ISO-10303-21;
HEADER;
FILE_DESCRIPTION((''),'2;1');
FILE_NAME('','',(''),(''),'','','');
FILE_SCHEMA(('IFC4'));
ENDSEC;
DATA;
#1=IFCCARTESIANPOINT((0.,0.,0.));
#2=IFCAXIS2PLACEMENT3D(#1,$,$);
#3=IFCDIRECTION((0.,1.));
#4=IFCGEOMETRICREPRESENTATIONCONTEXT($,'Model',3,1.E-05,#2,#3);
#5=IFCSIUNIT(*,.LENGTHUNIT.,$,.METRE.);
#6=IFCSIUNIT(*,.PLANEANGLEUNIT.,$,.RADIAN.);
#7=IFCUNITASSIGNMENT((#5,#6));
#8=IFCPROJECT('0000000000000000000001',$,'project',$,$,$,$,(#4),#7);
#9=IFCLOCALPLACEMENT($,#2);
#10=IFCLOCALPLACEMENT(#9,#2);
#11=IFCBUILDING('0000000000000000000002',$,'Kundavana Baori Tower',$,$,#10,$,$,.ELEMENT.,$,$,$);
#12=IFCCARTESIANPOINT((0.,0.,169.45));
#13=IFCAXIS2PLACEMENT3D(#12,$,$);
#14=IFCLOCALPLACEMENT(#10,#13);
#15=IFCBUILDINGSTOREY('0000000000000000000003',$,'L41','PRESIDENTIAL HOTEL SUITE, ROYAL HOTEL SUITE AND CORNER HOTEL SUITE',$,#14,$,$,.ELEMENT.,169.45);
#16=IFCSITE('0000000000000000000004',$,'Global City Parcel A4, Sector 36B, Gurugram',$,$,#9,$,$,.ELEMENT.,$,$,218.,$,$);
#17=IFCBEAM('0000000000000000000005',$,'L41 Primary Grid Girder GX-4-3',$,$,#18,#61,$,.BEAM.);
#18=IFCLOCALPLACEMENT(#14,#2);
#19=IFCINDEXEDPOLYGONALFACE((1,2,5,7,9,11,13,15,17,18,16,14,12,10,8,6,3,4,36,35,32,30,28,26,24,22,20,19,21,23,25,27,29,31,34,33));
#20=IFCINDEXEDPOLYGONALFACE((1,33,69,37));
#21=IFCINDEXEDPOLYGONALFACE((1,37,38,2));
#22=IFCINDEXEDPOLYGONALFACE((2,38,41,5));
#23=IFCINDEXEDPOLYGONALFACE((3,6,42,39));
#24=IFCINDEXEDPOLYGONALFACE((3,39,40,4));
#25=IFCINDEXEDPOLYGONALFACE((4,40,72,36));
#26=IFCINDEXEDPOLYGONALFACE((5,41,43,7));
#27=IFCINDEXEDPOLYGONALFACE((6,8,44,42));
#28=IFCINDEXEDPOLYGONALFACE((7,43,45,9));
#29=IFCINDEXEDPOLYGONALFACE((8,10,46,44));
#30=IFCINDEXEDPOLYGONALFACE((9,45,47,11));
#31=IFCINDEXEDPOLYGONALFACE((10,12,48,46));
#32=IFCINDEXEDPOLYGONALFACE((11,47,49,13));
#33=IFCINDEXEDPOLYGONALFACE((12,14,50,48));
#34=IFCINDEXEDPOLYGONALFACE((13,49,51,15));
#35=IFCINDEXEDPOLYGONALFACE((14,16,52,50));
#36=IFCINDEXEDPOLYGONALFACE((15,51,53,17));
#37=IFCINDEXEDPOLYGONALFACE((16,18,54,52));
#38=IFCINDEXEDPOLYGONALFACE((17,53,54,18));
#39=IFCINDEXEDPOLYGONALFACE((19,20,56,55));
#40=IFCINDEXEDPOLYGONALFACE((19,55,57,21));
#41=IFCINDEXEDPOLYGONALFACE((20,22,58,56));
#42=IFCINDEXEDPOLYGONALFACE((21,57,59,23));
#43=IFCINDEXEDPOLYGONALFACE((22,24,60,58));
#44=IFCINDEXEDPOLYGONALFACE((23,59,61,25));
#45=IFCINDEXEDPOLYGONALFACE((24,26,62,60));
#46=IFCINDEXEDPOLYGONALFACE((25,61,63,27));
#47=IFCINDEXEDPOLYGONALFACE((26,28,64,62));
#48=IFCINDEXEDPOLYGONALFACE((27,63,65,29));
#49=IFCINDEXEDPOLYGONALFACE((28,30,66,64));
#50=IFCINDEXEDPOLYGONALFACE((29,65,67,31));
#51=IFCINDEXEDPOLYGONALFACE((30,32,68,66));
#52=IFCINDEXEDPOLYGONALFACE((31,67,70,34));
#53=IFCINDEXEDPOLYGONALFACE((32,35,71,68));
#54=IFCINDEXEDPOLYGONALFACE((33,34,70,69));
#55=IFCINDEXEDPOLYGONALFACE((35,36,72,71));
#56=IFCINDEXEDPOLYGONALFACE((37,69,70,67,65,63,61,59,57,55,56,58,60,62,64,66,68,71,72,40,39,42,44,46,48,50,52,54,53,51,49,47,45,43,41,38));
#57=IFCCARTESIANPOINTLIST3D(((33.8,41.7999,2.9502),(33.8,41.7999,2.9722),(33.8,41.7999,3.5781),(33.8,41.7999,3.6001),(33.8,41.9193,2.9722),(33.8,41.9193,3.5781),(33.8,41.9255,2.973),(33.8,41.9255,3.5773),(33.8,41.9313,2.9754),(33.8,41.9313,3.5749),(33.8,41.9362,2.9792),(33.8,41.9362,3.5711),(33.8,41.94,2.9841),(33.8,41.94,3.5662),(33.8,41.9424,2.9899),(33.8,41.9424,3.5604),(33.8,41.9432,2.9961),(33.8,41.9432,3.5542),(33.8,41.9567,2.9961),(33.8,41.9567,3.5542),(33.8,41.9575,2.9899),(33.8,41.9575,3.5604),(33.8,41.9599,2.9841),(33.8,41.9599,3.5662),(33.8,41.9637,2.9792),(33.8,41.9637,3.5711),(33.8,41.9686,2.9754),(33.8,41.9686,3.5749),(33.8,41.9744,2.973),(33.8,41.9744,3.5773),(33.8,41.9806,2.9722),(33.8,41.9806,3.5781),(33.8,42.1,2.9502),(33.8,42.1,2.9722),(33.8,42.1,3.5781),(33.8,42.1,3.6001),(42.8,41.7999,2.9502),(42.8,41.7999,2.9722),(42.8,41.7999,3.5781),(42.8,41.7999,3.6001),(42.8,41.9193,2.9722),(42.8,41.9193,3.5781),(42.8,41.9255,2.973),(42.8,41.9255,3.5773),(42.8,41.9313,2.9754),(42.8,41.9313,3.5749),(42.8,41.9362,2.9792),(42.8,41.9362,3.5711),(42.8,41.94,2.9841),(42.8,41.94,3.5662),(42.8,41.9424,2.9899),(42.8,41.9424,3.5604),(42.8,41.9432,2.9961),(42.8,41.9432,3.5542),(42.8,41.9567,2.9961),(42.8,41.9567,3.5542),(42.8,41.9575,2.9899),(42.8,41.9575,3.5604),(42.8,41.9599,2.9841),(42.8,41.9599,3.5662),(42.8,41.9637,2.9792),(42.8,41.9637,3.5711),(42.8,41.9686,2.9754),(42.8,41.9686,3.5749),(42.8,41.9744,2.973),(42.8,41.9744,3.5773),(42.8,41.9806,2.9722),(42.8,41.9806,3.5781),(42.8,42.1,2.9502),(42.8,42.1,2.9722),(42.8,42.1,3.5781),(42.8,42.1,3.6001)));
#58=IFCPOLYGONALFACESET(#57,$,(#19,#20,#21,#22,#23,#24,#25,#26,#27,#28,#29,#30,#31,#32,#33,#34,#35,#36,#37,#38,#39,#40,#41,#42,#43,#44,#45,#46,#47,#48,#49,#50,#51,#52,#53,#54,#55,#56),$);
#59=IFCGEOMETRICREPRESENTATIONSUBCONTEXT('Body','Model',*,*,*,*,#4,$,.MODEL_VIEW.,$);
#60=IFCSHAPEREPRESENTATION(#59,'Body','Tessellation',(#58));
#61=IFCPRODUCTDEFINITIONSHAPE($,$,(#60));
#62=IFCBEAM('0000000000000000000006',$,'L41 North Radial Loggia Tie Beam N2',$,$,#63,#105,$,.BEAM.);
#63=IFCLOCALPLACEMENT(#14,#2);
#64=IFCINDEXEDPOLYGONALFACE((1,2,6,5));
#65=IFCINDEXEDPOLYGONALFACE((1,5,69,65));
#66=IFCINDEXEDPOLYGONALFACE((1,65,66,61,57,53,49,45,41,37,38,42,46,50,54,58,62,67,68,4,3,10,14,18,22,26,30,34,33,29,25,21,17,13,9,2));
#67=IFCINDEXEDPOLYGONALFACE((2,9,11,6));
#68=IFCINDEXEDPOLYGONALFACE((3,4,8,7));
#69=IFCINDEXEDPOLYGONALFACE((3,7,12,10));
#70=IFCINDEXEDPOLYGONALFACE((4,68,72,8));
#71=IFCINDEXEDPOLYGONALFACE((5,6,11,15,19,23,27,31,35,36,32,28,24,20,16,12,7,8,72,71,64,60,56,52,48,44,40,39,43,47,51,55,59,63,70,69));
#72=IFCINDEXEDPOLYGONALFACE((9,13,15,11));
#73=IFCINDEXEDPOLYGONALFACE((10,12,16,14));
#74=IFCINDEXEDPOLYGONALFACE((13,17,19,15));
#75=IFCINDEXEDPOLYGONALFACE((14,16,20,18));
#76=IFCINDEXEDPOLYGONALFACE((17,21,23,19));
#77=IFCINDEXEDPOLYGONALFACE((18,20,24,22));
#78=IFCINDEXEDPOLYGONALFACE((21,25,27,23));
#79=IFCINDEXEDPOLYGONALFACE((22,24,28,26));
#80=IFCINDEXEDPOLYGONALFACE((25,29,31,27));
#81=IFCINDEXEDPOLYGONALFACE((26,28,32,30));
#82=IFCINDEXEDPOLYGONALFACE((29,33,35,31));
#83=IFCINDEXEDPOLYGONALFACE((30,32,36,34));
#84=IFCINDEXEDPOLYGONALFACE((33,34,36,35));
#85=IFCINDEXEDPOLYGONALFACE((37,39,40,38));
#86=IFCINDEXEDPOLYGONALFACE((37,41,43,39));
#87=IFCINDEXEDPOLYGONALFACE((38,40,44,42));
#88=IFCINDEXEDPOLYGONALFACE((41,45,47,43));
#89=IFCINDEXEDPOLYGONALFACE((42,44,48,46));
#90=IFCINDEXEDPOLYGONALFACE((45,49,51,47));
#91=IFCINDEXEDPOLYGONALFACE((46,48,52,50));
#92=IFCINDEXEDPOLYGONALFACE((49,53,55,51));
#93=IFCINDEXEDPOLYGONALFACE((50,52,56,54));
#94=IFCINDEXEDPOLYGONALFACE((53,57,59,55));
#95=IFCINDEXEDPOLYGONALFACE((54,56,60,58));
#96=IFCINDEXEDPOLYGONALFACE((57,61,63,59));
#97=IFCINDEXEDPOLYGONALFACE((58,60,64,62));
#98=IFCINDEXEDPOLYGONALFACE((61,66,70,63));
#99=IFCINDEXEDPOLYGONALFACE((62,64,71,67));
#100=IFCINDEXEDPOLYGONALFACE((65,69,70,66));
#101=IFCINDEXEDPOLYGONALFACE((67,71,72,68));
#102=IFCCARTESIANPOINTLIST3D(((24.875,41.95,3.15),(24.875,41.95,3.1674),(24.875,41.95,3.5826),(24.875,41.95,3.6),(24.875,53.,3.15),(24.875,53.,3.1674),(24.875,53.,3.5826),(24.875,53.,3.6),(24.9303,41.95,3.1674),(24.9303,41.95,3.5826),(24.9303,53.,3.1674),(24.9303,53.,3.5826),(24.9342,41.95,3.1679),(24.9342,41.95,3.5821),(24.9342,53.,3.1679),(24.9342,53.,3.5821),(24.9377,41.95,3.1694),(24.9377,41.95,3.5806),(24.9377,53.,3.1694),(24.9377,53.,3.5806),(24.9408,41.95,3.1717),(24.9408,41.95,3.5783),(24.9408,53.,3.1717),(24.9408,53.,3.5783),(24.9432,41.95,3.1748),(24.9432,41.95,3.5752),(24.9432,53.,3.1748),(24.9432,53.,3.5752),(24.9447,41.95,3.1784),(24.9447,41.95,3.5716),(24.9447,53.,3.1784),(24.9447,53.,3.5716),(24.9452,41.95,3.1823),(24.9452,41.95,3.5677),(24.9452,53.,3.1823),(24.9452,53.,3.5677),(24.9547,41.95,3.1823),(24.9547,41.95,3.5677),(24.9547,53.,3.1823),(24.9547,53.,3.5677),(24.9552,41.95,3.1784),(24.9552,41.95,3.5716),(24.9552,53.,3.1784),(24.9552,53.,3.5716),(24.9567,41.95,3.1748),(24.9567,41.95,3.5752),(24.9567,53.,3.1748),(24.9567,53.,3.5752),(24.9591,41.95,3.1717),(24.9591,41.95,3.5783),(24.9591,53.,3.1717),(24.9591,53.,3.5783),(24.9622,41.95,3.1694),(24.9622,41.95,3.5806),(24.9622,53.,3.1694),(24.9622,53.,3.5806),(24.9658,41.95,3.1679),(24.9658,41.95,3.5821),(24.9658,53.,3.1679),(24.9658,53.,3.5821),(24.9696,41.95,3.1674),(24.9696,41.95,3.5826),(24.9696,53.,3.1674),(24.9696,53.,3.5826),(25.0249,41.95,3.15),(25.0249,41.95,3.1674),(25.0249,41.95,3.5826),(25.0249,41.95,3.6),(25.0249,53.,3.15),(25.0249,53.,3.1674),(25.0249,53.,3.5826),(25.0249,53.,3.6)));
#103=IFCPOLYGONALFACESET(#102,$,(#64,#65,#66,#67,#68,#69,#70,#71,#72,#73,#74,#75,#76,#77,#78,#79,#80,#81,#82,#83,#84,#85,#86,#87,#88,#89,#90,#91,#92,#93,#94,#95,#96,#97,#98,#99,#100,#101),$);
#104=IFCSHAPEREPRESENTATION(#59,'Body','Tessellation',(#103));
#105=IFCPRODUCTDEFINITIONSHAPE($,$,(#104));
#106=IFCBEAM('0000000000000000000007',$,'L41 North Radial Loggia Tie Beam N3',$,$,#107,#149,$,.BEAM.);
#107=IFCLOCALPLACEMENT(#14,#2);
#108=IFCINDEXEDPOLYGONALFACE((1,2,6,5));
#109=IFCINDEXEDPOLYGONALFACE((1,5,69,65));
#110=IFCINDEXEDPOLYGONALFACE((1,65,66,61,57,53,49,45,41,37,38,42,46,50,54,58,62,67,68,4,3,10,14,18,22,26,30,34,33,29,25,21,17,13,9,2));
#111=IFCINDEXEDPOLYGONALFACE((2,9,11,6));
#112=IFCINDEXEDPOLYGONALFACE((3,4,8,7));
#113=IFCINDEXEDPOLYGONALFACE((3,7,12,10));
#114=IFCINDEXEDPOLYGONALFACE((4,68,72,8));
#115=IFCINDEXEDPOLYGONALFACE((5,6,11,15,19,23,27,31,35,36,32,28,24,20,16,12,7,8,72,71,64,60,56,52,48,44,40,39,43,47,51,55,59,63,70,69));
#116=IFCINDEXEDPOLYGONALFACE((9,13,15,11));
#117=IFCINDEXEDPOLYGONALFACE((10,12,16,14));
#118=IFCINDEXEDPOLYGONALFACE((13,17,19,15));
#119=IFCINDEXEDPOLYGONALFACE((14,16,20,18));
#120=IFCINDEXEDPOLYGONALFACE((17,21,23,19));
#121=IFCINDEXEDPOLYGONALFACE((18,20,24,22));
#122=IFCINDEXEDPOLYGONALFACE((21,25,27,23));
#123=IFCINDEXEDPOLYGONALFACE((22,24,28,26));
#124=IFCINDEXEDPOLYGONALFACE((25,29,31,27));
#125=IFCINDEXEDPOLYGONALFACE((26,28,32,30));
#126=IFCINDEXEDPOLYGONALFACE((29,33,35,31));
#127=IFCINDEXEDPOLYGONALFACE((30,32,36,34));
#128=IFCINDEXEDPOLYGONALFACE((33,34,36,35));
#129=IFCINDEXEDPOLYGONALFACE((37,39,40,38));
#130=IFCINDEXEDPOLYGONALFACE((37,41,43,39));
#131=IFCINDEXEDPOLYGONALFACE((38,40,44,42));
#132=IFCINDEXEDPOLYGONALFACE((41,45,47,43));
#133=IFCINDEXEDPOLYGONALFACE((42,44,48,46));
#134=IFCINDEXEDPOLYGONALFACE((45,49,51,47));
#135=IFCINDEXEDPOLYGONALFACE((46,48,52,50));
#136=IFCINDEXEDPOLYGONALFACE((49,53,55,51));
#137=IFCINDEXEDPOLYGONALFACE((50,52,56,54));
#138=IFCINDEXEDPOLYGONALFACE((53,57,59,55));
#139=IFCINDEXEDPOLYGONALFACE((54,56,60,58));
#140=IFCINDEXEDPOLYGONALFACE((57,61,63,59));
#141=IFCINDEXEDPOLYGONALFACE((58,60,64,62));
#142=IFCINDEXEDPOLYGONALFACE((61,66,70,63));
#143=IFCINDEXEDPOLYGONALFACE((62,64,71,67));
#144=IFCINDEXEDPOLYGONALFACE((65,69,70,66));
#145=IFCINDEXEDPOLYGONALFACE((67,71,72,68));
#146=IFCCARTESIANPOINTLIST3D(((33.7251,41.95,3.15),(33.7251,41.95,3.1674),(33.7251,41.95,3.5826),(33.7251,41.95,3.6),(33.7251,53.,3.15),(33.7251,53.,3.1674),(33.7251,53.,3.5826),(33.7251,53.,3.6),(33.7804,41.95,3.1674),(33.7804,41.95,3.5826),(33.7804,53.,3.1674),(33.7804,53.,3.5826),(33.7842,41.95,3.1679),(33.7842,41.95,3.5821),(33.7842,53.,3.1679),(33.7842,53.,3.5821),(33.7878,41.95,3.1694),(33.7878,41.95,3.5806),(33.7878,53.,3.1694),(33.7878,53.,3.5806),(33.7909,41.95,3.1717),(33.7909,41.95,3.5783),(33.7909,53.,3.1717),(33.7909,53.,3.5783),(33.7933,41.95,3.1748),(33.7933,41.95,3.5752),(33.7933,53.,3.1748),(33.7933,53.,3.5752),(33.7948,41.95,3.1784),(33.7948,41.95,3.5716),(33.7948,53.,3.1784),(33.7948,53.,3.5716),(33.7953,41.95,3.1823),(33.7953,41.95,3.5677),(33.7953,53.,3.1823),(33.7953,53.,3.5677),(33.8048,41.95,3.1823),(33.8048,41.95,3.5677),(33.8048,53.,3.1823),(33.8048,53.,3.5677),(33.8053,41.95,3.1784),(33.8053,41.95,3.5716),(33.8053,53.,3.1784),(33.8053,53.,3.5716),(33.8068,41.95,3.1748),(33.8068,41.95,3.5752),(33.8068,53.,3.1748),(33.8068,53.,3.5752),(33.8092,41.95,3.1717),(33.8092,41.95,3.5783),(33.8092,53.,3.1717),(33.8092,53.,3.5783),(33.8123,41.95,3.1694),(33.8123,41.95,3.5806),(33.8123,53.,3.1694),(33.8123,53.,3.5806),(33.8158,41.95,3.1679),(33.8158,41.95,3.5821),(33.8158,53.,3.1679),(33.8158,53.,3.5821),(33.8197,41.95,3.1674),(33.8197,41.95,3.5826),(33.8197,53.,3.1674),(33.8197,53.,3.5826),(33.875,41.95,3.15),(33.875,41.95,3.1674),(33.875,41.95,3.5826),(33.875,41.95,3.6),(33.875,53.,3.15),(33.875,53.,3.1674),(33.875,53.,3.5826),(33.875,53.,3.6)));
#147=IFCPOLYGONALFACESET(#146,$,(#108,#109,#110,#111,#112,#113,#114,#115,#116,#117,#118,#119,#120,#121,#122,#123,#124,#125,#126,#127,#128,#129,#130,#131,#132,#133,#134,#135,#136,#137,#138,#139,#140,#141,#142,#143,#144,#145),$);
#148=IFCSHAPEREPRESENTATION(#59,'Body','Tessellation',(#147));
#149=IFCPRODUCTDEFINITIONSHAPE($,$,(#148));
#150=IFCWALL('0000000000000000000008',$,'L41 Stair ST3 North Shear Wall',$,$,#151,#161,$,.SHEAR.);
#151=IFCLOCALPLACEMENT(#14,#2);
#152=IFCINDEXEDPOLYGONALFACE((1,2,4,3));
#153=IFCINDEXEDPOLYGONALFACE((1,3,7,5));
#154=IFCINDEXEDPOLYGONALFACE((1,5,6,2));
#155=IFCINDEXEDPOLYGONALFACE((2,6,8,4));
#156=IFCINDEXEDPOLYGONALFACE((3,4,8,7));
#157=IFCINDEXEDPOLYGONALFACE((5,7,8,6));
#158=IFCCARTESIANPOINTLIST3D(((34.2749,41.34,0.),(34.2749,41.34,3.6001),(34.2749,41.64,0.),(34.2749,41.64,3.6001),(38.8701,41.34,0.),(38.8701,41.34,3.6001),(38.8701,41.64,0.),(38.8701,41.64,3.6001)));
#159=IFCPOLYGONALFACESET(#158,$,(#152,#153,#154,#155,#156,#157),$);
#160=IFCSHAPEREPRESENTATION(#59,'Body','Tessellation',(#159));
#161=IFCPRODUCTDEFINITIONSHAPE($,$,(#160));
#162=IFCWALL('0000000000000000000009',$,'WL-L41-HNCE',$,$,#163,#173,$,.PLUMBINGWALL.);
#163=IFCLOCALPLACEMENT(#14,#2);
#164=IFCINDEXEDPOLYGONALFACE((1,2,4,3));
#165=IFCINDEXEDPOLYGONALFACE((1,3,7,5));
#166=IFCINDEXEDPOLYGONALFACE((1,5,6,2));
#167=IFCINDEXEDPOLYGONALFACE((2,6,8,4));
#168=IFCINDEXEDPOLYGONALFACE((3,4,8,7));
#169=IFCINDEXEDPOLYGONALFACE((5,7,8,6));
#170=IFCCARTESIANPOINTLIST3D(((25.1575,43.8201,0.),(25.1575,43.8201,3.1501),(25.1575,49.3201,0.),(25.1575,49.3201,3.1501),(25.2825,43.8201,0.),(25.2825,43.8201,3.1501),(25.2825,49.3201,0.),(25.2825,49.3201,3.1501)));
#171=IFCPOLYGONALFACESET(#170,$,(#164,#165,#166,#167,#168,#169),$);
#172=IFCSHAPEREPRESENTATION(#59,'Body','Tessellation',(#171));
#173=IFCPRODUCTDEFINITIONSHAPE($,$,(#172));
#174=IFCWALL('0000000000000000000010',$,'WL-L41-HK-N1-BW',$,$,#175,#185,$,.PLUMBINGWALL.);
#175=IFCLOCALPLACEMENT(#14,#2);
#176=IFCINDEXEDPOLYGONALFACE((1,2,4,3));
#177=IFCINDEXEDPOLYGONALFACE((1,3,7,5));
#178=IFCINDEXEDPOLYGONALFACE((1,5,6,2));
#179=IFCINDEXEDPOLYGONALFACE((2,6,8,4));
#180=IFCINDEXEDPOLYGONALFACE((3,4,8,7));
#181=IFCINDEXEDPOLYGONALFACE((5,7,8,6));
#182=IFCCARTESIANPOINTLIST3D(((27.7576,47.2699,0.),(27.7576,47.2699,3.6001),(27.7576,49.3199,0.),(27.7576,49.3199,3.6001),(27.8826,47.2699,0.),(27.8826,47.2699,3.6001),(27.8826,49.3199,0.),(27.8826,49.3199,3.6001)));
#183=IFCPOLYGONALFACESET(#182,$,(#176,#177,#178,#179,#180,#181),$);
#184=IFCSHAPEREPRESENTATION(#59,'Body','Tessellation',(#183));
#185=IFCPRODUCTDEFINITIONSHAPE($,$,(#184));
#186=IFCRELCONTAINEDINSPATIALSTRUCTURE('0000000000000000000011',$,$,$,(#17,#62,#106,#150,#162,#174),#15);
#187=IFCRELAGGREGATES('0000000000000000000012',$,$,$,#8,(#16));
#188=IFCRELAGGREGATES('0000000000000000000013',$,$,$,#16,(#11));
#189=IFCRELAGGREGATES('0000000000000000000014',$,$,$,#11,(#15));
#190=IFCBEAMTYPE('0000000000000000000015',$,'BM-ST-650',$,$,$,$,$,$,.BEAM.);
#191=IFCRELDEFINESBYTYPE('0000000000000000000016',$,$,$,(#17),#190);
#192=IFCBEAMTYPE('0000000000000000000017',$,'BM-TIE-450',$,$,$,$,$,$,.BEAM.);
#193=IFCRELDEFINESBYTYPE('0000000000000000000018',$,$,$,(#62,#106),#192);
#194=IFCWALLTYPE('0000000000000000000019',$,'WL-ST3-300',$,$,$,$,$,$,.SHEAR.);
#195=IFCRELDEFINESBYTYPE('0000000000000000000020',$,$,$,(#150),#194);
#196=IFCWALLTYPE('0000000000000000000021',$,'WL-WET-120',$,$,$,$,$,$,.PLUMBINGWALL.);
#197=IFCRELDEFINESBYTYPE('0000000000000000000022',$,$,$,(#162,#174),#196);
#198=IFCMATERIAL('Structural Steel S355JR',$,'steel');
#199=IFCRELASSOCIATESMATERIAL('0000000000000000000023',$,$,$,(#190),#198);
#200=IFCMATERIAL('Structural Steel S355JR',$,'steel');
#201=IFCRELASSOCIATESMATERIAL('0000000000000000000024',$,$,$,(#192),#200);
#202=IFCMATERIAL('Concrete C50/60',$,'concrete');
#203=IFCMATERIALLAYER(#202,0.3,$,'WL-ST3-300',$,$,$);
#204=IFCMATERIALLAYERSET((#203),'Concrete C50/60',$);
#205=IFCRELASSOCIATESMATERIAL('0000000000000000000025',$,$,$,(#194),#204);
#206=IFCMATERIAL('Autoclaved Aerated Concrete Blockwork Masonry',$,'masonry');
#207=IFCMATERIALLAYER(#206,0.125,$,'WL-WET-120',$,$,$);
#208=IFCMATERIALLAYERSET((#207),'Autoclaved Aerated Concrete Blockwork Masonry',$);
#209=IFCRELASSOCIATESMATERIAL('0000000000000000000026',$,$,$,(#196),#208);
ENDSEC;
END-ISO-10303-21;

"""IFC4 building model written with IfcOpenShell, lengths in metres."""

from ifc_helpers import new_model, si_unit, direction, frame, frame_2d, origin, origin_2d, place, context, subcontext, project, spatial, rectangle, i_section, extrude, material, layer, layer_set, material_profile, profile_set, type_object, element, save


model = new_model("IFC4")

# Units and contexts
model_context = context("Model", 3, precision=1e-05, world=origin(), true_north=direction((0.0, 1.0)))
body_context = subcontext(model_context, "Body", "Model", "MODEL_VIEW")
ifc_project = project(units=[si_unit("LENGTHUNIT", "METRE"), si_unit("PLANEANGLEUNIT", "RADIAN")], contexts=[model_context])

# Site, building, storey
site_placement = place(None, origin())
site = spatial("IfcSite", under=ifc_project, at=site_placement, Name="Global City Parcel A4, Sector 36B, Gurugram", CompositionType="ELEMENT", RefElevation=218.0)
building_placement = place(site_placement, origin())
building = spatial("IfcBuilding", under=site, at=building_placement, Name="Kundavana Baori Tower", CompositionType="ELEMENT")
storey_placement = place(building_placement, frame((0.0, 0.0, 169.45)))
storey = spatial("IfcBuildingStorey", under=building, at=storey_placement, Name="L41", Description="PRESIDENTIAL HOTEL SUITE, ROYAL HOTEL SUITE AND CORNER HOTEL SUITE", CompositionType="ELEMENT", Elevation=169.45)

# Beams
ifc_material_1 = material(Name="Structural Steel S355JR", Category="steel")
ifc_material_profile_1 = material_profile(ifc_material_1, i_section(OverallWidth=0.3, OverallDepth=0.6499, WebThickness=0.0134, FlangeThickness=0.022, FilletRadius=0.0239, at=origin_2d()), Name="NPB 650x300x155")
ifc_profile_set_1 = profile_set([ifc_material_profile_1], Name="Structural Steel S355JR")
beam_type_1 = type_object("IfcBeamType", Name="BM-ST-650", PredefinedType="BEAM", material=ifc_profile_set_1)
beam_1_placement = place(storey_placement, frame((33.8, 41.95, 3.2751), z_axis=(1.0, 0.0, 0.0), x_axis=(0.0, 1.0, 0.0)))
element("IfcBeam", 1, at=beam_1_placement, inside=storey, type_object=beam_type_1, Name="L41 Primary Grid Girder GX-4-3", PredefinedType="BEAM", context=body_context, shape_type="SweptSolid", body=[
    extrude(i_section(OverallWidth=0.3, OverallDepth=0.6499, WebThickness=0.0134, FlangeThickness=0.022, FilletRadius=0.0239, at=origin_2d()), origin(), (0.0, 0.0, 1.0), 9.0),
])
ifc_material_2 = material(Name="Structural Steel S355JR", Category="steel")
ifc_material_profile_2 = material_profile(ifc_material_2, i_section(OverallWidth=0.1499, OverallDepth=0.45, WebThickness=0.0095, FlangeThickness=0.0173, FilletRadius=0.0149, at=origin_2d()), Name="ISMB 450")
ifc_profile_set_2 = profile_set([ifc_material_profile_2], Name="Structural Steel S355JR")
beam_type_2 = type_object("IfcBeamType", Name="BM-TIE-450", PredefinedType="BEAM", material=ifc_profile_set_2)
for number, where, z_axis, x_axis, name in (
    (2, (24.95, 41.95, 3.375), (0.0, 1.0, 0.0), (-1.0, 0.0, 0.0), "L41 North Radial Loggia Tie Beam N2"),
    (3, (33.8, 41.95, 3.375), (0.0, 1.0, 0.0), (-1.0, 0.0, 0.0), "L41 North Radial Loggia Tie Beam N3"),
):
    element("IfcBeam", number, at=place(storey_placement, frame(where, z_axis=z_axis, x_axis=x_axis)), inside=storey, type_object=beam_type_2, Name=name, PredefinedType="BEAM", context=body_context, shape_type="SweptSolid", body=[
        extrude(i_section(OverallWidth=0.1499, OverallDepth=0.45, WebThickness=0.0095, FlangeThickness=0.0173, FilletRadius=0.0149, at=origin_2d()), origin(), (0.0, 0.0, 1.0), 11.05),
    ])

# Walls
ifc_material_3 = material(Name="Concrete C50/60", Category="concrete")
ifc_layer_1 = layer(ifc_material_3, 0.3, Name="WL-ST3-300")
ifc_layer_set_1 = layer_set([ifc_layer_1], Name="Concrete C50/60")
wall_type_1 = type_object("IfcWallType", Name="WL-ST3-300", PredefinedType="SHEAR", material=ifc_layer_set_1)
wall_1_placement = place(storey_placement, frame((34.2749, 41.49, 0.0), z_axis=(0.0, 0.0, 1.0), x_axis=(1.0, 0.0, 0.0)))
element("IfcWall", 4, at=wall_1_placement, inside=storey, type_object=wall_type_1, Name="L41 Stair ST3 North Shear Wall", PredefinedType="SHEAR", context=body_context, shape_type="SweptSolid", body=[
    extrude(rectangle(XDim=4.5952, YDim=0.3, at=frame_2d((2.2976, 0.0))), origin(), (0.0, 0.0, 1.0), 3.6001),
])
ifc_material_4 = material(Name="Autoclaved Aerated Concrete Blockwork Masonry", Category="masonry")
ifc_layer_2 = layer(ifc_material_4, 0.125, Name="WL-WET-120")
ifc_layer_set_2 = layer_set([ifc_layer_2], Name="Autoclaved Aerated Concrete Blockwork Masonry")
wall_type_2 = type_object("IfcWallType", Name="WL-WET-120", PredefinedType="PLUMBINGWALL", material=ifc_layer_set_2)
wall_2_placement = place(storey_placement, frame((25.22, 43.8201, 0.0), z_axis=(0.0, 0.0, 1.0), x_axis=(0.0, 1.0, 0.0)))
element("IfcWall", 5, at=wall_2_placement, inside=storey, type_object=wall_type_2, Name="WL-L41-HNCE", PredefinedType="PLUMBINGWALL", context=body_context, shape_type="SweptSolid", body=[
    extrude(rectangle(XDim=5.5, YDim=0.125, at=frame_2d((2.75, 0.0))), origin(), (0.0, 0.0, 1.0), 3.1501),
])
wall_3_placement = place(storey_placement, frame((27.8201, 47.27, 0.0), z_axis=(0.0, 0.0, 1.0), x_axis=(0.0, 1.0, 0.0)))
element("IfcWall", 6, at=wall_3_placement, inside=storey, type_object=wall_type_2, Name="WL-L41-HK-N1-BW", PredefinedType="PLUMBINGWALL", context=body_context, shape_type="SweptSolid", body=[
    extrude(rectangle(XDim=2.05, YDim=0.125, at=frame_2d((1.0249, 0.0))), origin(), (0.0, 0.0, 1.0), 3.6001),
])

save(model, "model.ifc")
